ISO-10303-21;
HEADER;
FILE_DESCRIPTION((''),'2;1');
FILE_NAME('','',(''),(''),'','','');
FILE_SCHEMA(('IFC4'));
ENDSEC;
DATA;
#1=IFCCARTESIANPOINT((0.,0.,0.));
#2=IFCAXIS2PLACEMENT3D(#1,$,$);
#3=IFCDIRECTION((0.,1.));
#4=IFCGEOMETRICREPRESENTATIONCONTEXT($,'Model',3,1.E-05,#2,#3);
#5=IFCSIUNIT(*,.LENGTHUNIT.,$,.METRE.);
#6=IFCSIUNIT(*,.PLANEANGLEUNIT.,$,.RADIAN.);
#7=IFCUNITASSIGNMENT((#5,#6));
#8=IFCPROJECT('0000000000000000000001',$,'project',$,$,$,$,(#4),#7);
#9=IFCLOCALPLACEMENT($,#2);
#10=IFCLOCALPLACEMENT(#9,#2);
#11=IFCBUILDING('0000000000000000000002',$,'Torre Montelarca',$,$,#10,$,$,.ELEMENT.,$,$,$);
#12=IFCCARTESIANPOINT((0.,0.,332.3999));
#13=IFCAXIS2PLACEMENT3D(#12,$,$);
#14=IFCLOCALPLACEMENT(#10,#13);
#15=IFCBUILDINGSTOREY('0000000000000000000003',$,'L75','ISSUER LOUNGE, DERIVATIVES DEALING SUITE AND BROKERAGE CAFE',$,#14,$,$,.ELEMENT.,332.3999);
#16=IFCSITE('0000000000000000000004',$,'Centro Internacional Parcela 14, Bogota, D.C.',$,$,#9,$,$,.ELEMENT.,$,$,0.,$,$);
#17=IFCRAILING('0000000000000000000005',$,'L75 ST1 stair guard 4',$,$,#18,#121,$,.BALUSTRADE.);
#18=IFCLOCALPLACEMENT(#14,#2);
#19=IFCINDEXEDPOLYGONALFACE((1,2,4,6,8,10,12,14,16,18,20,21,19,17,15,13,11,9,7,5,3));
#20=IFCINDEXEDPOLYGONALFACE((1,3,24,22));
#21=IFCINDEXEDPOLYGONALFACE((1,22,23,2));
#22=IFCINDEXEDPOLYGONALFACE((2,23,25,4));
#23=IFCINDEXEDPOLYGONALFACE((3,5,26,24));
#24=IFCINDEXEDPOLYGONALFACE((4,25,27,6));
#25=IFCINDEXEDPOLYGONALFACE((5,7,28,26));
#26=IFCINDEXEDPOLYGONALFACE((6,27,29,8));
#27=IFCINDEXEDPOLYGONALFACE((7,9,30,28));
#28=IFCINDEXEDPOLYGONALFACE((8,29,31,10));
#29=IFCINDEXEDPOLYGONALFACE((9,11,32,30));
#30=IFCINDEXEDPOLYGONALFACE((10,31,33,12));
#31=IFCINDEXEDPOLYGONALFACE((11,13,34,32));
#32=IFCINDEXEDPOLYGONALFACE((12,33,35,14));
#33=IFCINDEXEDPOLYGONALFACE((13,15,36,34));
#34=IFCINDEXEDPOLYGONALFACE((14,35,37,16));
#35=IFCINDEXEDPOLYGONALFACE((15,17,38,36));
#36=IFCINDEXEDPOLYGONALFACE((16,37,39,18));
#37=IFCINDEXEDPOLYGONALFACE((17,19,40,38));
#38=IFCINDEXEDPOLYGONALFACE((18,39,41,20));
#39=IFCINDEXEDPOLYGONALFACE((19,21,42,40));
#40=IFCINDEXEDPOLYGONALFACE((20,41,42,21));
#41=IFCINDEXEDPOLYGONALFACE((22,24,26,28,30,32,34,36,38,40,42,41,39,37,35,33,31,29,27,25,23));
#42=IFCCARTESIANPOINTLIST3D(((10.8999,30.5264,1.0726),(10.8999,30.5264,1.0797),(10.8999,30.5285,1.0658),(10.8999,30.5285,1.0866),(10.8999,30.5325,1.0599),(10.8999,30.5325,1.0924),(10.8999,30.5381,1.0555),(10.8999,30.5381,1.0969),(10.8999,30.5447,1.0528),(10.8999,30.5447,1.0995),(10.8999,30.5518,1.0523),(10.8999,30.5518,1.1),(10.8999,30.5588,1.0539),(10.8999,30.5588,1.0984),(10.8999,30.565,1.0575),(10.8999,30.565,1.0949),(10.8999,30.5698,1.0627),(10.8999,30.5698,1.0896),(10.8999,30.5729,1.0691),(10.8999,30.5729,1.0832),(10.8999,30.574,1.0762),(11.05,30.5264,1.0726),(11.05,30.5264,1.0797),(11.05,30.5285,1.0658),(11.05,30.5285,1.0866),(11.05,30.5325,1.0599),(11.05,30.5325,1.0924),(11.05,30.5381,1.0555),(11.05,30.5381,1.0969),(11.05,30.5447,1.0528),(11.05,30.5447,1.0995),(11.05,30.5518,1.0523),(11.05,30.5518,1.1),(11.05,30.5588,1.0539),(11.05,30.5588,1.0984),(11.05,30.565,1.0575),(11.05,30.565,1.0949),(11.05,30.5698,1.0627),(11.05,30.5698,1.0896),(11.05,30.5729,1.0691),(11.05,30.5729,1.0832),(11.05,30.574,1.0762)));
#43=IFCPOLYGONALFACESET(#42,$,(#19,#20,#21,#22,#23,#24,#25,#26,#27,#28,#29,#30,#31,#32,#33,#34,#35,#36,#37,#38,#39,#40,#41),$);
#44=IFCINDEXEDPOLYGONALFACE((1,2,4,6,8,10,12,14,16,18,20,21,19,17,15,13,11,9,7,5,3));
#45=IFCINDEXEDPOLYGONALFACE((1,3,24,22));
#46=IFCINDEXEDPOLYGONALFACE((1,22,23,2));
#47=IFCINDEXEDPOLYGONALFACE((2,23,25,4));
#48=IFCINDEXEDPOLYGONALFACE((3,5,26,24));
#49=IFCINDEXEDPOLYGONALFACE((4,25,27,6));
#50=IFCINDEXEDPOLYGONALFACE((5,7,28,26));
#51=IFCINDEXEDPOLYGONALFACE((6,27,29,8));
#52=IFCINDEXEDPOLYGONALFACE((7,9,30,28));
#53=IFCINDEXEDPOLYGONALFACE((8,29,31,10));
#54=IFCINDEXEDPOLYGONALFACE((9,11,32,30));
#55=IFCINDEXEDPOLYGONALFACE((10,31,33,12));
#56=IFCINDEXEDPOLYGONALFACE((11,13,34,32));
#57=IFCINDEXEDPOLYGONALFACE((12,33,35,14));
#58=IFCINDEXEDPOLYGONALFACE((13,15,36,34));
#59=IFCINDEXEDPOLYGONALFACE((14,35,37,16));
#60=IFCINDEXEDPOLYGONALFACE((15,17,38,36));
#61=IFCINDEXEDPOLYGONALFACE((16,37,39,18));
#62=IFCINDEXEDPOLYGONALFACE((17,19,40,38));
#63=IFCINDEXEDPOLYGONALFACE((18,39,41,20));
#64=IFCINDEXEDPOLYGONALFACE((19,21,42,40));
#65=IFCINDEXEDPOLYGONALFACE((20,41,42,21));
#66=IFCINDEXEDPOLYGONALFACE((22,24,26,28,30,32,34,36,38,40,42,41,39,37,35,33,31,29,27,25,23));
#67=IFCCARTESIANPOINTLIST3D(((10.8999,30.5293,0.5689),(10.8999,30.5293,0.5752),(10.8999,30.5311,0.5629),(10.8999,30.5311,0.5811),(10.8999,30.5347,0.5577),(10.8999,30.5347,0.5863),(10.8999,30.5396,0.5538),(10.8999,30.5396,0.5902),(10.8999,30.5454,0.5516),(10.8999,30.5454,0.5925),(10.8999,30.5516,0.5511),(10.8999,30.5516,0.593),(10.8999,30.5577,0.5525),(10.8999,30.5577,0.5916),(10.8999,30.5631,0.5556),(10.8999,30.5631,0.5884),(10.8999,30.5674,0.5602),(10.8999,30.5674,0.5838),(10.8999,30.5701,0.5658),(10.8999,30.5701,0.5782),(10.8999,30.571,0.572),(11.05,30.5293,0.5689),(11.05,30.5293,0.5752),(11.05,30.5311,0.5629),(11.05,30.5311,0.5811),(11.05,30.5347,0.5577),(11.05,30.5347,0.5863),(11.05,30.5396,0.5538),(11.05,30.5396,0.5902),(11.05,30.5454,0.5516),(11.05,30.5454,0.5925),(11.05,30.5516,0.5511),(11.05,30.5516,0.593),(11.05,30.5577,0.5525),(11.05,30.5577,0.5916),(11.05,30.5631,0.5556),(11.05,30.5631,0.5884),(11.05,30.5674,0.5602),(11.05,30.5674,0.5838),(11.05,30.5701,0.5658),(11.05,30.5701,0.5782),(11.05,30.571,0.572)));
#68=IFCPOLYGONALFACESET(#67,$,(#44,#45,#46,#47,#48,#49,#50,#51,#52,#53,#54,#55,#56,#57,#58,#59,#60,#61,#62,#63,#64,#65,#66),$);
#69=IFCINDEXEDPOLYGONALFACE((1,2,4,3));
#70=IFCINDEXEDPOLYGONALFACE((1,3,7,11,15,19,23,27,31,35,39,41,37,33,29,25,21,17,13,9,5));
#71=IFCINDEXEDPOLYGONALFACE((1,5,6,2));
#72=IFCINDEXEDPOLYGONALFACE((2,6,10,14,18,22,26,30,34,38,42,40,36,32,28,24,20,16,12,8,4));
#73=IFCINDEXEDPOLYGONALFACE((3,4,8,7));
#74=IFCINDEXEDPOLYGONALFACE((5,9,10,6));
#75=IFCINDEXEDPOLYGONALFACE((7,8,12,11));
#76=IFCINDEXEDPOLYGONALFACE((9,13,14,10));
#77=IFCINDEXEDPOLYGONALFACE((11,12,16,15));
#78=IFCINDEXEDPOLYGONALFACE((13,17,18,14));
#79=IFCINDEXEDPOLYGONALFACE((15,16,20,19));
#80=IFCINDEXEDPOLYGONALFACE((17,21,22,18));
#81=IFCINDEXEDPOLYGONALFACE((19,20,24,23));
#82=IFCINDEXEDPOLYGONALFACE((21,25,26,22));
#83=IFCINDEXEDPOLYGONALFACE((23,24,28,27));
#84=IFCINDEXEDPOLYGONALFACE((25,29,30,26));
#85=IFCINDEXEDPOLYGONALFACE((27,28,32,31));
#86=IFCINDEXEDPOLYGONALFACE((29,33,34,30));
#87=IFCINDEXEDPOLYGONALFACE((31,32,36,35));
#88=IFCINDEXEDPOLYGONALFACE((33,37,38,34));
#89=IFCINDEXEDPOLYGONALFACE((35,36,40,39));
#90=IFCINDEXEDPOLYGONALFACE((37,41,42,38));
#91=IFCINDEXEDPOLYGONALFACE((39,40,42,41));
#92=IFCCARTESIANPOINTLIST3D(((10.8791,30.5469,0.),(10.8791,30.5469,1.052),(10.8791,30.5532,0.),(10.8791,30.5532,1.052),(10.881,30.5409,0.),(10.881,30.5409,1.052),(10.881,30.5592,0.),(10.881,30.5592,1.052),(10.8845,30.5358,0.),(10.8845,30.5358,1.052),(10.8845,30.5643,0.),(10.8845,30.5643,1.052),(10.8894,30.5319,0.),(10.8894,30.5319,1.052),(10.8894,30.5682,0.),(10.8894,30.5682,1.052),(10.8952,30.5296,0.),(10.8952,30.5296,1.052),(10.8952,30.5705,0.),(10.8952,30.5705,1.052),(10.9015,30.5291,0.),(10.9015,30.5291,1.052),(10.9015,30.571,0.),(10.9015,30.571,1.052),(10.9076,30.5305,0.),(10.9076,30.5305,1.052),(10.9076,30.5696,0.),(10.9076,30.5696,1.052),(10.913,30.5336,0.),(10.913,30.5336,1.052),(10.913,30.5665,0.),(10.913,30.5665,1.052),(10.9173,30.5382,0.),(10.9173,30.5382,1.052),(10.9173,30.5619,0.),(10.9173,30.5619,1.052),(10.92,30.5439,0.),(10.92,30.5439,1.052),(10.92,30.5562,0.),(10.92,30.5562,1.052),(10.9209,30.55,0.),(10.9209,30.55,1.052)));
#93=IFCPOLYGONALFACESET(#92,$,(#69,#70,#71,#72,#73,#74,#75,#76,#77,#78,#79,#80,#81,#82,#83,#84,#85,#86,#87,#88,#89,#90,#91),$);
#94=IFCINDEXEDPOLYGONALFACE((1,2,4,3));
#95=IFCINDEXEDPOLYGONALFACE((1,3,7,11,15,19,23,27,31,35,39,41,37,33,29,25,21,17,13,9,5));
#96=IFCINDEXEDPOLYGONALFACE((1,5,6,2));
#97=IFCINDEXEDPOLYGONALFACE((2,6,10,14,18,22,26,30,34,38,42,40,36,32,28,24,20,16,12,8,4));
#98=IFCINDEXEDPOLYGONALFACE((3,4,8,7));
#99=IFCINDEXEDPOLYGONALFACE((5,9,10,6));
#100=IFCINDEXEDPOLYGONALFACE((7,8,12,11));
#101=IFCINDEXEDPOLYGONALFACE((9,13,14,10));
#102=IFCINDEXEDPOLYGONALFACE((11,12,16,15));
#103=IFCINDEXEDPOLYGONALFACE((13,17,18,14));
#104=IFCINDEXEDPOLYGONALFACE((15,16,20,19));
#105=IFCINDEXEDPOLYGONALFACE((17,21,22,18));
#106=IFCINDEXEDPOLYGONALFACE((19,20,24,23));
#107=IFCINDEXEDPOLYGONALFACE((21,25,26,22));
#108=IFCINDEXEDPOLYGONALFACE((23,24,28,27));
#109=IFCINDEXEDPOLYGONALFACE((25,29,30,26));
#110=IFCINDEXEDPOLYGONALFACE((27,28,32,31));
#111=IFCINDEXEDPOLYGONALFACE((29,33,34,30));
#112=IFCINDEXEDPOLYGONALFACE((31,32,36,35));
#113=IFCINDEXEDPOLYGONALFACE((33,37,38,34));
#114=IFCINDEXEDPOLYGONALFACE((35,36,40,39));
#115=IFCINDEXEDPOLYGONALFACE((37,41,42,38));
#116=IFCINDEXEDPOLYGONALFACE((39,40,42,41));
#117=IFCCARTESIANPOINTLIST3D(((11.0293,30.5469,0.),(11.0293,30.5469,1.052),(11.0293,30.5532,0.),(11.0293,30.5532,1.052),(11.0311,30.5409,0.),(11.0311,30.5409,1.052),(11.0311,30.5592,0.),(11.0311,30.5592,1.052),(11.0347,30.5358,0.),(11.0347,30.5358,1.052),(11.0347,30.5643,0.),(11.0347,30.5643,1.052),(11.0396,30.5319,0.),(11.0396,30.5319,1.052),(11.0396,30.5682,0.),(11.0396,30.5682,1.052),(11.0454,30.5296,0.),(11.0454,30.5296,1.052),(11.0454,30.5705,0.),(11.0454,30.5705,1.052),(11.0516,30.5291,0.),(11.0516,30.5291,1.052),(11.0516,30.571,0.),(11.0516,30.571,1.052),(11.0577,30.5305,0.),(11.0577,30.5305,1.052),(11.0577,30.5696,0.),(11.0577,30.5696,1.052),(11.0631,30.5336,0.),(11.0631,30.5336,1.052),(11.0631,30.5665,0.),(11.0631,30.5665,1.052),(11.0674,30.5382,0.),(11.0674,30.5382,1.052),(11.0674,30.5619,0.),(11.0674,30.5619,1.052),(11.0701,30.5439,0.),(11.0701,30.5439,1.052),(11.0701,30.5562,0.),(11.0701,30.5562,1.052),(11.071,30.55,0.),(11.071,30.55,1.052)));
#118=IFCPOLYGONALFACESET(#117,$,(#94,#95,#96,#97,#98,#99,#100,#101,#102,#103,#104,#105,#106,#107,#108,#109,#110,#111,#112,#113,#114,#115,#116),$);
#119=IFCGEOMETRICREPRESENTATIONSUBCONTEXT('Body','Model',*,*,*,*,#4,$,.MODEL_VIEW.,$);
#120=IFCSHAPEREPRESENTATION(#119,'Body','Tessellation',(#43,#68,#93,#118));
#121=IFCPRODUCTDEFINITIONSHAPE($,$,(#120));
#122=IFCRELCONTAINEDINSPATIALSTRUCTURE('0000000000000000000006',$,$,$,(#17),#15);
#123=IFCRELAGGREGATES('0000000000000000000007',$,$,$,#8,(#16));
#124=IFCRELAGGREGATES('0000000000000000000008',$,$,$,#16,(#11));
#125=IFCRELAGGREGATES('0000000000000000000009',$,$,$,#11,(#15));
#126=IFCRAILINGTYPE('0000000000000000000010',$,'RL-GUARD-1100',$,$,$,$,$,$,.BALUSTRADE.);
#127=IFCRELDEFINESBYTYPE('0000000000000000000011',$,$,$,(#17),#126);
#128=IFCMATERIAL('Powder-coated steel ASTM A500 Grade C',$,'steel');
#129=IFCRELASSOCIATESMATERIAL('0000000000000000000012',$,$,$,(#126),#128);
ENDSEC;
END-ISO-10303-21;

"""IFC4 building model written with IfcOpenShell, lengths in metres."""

from ifc_helpers import new_model, si_unit, direction, frame, origin, origin_2d, place, context, subcontext, project, spatial, circle, extrude, material, type_object, element, save


model = new_model("IFC4")

# Units and contexts
model_context = context("Model", 3, precision=1e-05, world=origin(), true_north=direction((0.0, 1.0)))
body_context = subcontext(model_context, "Body", "Model", "MODEL_VIEW")
ifc_project = project(units=[si_unit("LENGTHUNIT", "METRE"), si_unit("PLANEANGLEUNIT", "RADIAN")], contexts=[model_context])

# Site, building, storey
site_placement = place(None, origin())
site = spatial("IfcSite", under=ifc_project, at=site_placement, Name="Centro Internacional Parcela 14, Bogota, D.C.", CompositionType="ELEMENT", RefElevation=0.0)
building_placement = place(site_placement, origin())
building = spatial("IfcBuilding", under=site, at=building_placement, Name="Torre Montelarca", CompositionType="ELEMENT")
storey_placement = place(building_placement, frame((0.0, 0.0, 332.3999)))
storey = spatial("IfcBuildingStorey", under=building, at=storey_placement, Name="L75", Description="ISSUER LOUNGE, DERIVATIVES DEALING SUITE AND BROKERAGE CAFE", CompositionType="ELEMENT", Elevation=332.3999)

# Railing
ifc_material_1 = material(Name="Powder-coated steel ASTM A500 Grade C", Category="steel")
railing_type = type_object("IfcRailingType", Name="RL-GUARD-1100", PredefinedType="BALUSTRADE", material=ifc_material_1)
railing_placement = place(storey_placement, frame((10.8999, 30.55, 0.0)))
element("IfcRailing", 1, at=railing_placement, inside=storey, type_object=railing_type, Name="L75 ST1 stair guard 4", PredefinedType="BALUSTRADE", context=body_context, shape_type="SweptSolid", body=[
    extrude(circle(Radius=0.0239, at=origin_2d()), frame((0.0, 0.0, 1.0762), z_axis=(1.0, 0.0, 0.0), x_axis=(0.0, 1.0, 0.0)), (0.0, 0.0, 1.0), 0.1501),
    extrude(circle(Radius=0.021, at=origin_2d()), frame((0.0, 0.0, 0.572), z_axis=(1.0, 0.0, 0.0), x_axis=(0.0, 1.0, 0.0)), (0.0, 0.0, 1.0), 0.1501),
    extrude(circle(Radius=0.021, at=origin_2d()), origin(), (0.0, 0.0, 1.0), 1.052),
    extrude(circle(Radius=0.021, at=origin_2d()), frame((0.1501, 0.0, 0.0)), (0.0, 0.0, 1.0), 1.052),
])

save(model, "model.ifc")
